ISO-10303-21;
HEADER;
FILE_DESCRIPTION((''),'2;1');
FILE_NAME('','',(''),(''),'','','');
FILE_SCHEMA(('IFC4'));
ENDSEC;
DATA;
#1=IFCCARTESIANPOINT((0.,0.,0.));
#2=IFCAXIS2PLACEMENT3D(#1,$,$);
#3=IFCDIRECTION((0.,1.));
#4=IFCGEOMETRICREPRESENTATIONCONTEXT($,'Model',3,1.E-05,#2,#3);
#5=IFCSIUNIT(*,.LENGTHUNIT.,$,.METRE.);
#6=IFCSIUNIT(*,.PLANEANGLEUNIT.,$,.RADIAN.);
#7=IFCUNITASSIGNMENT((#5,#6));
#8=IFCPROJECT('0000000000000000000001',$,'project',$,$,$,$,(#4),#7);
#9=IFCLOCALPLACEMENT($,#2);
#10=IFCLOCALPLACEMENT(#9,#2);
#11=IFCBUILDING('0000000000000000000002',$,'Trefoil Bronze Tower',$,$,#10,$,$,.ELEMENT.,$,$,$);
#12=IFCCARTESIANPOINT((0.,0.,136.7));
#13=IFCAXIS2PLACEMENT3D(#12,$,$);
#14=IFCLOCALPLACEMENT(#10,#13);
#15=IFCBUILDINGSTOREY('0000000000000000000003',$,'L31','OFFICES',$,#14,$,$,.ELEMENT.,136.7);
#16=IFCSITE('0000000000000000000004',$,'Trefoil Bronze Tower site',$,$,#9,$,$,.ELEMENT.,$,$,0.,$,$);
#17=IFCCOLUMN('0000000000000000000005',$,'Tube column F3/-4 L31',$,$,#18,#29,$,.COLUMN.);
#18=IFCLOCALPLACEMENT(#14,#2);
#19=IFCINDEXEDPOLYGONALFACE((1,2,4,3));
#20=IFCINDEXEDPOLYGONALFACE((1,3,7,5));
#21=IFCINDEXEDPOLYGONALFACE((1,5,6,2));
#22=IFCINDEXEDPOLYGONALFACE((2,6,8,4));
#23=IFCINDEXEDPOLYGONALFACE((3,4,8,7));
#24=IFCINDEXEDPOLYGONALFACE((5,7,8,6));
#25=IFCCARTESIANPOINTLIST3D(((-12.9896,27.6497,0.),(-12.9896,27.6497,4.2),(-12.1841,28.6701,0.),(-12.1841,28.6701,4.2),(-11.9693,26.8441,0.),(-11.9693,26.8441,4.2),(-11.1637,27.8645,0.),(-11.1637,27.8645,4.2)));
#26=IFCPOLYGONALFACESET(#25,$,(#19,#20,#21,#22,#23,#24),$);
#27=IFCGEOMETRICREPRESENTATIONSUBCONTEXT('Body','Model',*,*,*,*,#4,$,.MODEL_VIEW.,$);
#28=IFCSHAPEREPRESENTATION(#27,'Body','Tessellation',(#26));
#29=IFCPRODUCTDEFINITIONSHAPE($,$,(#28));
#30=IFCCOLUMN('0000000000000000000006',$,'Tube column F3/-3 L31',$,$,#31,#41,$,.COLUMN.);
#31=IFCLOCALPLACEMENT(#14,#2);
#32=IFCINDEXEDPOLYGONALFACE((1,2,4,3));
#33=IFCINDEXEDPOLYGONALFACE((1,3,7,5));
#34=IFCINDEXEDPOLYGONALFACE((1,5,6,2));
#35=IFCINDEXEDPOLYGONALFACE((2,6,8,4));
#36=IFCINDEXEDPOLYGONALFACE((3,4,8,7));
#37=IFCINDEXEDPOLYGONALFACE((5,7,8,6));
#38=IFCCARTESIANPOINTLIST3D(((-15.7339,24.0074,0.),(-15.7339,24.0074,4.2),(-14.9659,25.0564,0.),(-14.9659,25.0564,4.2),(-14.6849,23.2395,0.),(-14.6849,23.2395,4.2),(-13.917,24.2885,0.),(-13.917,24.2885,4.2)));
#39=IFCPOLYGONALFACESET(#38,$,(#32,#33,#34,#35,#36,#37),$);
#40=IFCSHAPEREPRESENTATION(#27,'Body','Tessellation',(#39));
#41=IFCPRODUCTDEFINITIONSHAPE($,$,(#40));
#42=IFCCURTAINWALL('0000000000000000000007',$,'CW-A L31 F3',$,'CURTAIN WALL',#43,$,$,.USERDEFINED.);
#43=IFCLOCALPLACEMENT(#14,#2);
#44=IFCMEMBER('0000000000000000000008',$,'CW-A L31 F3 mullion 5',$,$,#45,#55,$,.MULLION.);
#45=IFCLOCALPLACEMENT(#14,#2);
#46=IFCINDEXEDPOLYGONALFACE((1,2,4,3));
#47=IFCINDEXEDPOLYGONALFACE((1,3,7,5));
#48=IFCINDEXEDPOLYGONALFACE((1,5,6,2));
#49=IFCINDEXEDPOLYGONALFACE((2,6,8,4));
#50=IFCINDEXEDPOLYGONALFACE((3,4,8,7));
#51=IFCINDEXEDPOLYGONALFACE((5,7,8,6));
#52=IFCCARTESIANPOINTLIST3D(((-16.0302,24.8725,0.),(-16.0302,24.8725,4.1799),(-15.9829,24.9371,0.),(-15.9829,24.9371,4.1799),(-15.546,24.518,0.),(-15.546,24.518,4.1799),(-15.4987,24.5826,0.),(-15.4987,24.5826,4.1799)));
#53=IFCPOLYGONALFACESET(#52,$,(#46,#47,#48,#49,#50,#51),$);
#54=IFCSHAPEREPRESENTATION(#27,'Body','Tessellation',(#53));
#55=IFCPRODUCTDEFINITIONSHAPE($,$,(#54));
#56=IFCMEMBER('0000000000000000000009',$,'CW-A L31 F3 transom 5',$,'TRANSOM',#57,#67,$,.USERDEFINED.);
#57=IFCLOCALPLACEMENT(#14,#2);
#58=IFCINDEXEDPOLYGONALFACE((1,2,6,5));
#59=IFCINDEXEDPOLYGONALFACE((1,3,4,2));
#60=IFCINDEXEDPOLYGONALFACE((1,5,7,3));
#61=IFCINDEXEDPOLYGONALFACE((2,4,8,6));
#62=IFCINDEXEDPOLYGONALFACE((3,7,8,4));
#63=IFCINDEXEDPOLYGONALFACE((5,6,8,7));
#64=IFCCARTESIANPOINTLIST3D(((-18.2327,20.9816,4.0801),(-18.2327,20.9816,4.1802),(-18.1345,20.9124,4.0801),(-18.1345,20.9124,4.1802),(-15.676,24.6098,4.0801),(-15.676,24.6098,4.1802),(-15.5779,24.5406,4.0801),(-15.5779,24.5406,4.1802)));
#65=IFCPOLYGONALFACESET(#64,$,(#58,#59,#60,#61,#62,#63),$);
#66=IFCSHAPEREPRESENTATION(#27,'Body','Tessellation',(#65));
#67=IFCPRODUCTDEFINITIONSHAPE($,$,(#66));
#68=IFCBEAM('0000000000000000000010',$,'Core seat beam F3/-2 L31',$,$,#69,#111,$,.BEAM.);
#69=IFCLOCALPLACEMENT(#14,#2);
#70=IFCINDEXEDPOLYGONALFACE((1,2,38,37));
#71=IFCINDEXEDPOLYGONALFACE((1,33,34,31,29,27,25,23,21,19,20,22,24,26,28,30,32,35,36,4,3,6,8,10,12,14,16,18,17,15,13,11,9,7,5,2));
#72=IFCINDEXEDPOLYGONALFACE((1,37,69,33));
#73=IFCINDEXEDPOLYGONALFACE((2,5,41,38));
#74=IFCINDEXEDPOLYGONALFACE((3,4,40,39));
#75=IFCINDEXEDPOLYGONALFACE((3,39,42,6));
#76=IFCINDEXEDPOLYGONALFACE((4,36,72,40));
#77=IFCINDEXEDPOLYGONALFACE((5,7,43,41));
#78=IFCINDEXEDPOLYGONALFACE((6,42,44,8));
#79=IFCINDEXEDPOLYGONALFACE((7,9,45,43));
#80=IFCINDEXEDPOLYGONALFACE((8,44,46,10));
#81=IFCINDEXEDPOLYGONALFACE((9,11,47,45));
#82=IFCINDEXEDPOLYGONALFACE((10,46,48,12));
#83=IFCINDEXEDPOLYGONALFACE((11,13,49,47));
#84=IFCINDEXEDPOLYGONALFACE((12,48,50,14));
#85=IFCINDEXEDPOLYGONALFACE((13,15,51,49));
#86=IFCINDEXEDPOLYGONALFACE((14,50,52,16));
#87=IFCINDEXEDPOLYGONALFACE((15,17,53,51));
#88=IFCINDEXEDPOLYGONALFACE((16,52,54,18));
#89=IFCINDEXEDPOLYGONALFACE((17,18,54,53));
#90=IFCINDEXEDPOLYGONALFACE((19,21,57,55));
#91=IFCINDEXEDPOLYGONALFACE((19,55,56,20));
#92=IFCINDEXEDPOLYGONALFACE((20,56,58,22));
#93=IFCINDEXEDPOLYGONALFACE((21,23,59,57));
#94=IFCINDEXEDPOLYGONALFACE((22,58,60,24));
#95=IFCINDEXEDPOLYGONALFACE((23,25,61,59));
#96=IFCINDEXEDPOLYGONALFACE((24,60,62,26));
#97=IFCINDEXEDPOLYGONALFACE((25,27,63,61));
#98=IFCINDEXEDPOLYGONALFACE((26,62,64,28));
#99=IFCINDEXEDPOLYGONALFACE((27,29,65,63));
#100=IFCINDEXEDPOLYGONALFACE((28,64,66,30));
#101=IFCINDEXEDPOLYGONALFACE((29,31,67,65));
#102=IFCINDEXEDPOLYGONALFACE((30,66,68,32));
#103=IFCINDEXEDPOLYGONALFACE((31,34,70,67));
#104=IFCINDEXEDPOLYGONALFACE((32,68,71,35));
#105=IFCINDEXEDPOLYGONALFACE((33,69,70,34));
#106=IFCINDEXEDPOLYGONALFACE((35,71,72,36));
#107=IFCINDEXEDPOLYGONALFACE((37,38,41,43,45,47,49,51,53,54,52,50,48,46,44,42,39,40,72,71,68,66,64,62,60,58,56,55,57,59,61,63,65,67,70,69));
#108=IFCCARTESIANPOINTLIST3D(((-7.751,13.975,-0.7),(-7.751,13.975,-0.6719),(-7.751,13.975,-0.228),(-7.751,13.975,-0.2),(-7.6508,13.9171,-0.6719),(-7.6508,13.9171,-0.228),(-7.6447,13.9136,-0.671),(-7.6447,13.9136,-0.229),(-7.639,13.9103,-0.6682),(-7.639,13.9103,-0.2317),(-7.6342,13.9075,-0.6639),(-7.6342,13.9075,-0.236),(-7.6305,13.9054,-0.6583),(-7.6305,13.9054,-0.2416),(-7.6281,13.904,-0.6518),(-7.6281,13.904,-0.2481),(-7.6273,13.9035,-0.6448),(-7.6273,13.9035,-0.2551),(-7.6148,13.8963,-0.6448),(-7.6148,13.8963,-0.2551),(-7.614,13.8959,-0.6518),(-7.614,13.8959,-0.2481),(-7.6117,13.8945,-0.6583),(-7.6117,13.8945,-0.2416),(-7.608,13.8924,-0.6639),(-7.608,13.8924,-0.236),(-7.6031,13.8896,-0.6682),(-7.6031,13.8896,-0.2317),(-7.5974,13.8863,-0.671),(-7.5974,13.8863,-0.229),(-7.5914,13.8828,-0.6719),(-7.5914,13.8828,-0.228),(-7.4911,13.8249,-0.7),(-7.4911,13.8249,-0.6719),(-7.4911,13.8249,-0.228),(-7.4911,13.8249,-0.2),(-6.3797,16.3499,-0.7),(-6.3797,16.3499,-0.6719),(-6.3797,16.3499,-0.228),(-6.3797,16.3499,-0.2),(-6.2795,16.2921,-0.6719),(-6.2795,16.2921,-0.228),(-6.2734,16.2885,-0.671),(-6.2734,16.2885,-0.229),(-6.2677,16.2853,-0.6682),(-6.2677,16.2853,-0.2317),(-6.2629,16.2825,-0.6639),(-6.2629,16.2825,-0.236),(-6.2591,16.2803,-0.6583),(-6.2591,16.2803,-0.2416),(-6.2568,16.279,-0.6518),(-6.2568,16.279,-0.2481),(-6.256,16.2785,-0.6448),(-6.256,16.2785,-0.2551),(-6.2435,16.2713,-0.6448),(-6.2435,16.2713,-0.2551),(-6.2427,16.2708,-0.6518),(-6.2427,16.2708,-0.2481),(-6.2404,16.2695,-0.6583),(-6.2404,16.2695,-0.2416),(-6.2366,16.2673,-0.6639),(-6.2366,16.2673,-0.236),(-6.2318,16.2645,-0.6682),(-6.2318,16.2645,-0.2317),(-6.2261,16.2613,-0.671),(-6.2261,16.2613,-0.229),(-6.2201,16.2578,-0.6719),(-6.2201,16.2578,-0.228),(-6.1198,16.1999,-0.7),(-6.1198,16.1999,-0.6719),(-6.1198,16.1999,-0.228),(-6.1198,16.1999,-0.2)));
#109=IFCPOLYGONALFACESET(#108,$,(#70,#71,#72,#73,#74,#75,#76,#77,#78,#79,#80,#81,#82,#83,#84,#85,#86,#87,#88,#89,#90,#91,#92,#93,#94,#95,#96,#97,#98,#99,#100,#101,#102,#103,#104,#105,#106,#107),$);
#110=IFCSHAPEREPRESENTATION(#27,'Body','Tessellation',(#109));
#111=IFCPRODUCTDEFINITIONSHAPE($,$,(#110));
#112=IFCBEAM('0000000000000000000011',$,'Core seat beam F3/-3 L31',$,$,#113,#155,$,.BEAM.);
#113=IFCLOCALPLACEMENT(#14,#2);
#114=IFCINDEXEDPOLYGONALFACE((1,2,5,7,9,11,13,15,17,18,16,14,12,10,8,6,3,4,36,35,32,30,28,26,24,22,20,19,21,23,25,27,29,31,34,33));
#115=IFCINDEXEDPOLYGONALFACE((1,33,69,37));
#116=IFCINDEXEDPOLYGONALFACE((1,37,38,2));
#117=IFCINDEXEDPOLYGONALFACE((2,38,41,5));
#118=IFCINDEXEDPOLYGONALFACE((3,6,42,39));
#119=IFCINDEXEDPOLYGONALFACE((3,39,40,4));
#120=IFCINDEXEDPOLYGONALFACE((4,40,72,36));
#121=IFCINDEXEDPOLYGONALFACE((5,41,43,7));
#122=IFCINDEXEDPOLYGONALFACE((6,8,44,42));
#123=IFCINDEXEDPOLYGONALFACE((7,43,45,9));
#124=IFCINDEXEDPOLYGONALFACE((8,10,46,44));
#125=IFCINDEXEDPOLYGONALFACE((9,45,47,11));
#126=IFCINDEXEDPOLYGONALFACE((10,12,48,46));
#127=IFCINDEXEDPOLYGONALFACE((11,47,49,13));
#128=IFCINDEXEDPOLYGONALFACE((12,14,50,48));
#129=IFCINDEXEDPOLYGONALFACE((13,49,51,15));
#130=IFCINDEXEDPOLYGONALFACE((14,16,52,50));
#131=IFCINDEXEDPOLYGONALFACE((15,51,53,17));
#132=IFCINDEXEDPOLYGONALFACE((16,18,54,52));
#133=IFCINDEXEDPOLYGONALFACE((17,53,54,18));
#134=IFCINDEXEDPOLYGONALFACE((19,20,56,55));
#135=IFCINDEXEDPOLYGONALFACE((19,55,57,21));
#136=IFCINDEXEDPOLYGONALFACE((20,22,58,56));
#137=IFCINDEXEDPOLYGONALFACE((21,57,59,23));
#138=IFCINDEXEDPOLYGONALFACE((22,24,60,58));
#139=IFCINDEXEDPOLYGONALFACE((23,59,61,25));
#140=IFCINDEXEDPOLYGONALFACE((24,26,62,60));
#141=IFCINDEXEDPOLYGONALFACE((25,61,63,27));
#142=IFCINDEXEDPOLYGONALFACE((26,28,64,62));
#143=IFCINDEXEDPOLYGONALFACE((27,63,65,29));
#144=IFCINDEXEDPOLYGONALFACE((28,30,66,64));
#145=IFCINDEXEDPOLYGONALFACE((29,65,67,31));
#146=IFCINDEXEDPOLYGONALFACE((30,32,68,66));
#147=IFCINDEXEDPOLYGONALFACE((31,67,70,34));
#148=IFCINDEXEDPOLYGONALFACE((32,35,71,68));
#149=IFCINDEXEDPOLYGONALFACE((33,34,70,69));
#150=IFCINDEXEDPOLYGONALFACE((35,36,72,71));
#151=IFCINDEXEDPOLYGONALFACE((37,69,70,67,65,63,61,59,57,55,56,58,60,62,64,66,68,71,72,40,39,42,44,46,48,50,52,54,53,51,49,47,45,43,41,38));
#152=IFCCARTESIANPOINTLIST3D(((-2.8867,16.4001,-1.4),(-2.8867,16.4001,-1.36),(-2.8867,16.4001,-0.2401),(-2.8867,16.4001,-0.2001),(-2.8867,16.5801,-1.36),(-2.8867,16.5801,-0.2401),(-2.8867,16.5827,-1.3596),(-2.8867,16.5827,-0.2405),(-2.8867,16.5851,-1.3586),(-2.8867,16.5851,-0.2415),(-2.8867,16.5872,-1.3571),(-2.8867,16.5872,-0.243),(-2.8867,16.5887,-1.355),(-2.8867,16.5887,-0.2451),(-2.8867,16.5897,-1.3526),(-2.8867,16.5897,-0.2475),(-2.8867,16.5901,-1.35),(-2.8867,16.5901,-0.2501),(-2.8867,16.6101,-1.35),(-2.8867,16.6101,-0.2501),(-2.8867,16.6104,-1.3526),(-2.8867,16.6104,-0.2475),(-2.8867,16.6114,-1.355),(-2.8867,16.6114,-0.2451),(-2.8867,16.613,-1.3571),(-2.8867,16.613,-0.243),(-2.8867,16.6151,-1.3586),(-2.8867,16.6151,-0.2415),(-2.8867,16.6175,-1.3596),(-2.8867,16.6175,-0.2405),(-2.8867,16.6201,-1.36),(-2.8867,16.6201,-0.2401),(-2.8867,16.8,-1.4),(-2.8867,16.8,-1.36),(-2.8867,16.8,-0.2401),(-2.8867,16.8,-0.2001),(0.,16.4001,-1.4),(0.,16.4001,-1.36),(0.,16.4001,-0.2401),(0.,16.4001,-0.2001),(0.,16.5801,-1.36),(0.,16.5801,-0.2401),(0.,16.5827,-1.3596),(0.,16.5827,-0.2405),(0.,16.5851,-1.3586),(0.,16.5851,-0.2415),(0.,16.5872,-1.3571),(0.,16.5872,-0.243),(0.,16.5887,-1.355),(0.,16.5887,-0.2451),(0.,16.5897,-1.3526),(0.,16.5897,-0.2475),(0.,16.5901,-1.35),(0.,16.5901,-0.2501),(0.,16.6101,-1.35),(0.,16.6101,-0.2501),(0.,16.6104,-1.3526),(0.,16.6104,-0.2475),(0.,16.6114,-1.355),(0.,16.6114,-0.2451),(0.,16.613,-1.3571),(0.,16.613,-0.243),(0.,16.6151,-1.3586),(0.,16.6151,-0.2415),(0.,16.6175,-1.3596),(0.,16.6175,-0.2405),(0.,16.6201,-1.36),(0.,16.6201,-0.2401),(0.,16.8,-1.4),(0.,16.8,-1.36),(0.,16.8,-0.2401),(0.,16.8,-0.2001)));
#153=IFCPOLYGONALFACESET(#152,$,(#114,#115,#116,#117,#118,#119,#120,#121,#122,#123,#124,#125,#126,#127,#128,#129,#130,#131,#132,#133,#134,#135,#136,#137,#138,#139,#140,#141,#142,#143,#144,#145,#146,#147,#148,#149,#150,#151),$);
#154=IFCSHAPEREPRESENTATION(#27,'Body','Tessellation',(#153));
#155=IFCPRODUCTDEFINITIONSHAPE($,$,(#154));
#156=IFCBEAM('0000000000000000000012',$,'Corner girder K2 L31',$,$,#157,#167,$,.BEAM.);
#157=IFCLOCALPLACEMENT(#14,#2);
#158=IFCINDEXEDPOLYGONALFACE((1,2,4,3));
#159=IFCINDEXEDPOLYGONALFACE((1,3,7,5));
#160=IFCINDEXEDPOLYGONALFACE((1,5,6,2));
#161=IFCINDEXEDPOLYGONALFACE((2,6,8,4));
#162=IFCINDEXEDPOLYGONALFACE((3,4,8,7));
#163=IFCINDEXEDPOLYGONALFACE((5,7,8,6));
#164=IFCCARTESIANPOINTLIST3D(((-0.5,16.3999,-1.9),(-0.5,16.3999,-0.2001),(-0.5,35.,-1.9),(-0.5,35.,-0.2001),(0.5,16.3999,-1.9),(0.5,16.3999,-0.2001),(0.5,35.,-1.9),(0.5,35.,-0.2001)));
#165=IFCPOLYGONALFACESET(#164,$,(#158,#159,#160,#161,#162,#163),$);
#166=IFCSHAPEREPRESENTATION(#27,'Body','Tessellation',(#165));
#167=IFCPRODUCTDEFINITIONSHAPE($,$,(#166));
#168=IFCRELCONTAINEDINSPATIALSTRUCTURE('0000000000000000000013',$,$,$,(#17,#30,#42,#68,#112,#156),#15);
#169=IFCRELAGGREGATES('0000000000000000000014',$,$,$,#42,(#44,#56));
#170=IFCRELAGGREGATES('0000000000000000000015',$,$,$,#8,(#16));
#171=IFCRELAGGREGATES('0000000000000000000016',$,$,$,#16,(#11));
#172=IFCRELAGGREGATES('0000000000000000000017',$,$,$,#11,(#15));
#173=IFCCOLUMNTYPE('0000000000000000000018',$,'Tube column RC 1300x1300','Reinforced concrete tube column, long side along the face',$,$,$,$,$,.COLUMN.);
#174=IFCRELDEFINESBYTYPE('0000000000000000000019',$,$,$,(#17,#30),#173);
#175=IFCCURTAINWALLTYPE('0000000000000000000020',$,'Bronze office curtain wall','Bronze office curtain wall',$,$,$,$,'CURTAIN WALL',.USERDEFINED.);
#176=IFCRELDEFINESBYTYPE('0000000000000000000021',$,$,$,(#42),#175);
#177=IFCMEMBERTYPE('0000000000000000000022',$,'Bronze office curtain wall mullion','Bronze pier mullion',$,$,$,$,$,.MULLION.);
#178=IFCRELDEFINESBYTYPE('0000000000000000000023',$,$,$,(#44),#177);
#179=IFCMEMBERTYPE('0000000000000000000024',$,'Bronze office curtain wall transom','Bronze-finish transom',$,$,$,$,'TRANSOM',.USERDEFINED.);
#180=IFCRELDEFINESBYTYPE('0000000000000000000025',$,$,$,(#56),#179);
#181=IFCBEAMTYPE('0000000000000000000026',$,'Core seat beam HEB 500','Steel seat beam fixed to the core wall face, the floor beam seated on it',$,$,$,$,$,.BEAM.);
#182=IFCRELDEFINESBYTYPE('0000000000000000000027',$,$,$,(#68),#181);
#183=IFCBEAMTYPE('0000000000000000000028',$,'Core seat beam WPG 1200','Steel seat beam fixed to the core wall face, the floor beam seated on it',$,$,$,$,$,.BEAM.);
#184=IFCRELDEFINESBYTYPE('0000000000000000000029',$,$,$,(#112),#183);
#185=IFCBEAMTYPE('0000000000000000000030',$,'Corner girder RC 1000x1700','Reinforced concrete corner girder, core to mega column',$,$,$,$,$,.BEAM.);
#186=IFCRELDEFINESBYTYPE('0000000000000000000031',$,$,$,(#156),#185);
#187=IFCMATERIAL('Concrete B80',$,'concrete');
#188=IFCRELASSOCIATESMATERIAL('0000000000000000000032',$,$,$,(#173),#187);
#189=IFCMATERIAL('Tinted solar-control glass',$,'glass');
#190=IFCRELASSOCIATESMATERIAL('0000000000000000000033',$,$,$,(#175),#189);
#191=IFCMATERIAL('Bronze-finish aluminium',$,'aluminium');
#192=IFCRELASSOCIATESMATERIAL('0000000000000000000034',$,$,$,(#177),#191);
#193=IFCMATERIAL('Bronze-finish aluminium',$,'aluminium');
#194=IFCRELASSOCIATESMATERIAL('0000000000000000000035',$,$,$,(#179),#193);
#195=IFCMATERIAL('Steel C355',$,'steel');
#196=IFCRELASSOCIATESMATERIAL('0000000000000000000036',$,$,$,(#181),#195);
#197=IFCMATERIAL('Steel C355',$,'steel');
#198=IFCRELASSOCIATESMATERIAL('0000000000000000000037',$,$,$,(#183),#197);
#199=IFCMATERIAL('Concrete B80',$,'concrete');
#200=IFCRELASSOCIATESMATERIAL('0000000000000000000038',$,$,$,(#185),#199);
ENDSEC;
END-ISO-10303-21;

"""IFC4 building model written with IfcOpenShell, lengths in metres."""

from ifc_helpers import new_model, si_unit, direction, frame, origin, origin_2d, place, context, subcontext, project, spatial, rectangle, i_section, extrude, material, material_profile, profile_set, type_object, element, aggregate, save


model = new_model("IFC4")

# Units and contexts
model_context = context("Model", 3, precision=1e-05, world=origin(), true_north=direction((0.0, 1.0)))
body_context = subcontext(model_context, "Body", "Model", "MODEL_VIEW")
ifc_project = project(units=[si_unit("LENGTHUNIT", "METRE"), si_unit("PLANEANGLEUNIT", "RADIAN")], contexts=[model_context])

# Site, building, storey
site_placement = place(None, origin())
site = spatial("IfcSite", under=ifc_project, at=site_placement, Name="Trefoil Bronze Tower site", CompositionType="ELEMENT", RefElevation=0.0)
building_placement = place(site_placement, origin())
building = spatial("IfcBuilding", under=site, at=building_placement, Name="Trefoil Bronze Tower", CompositionType="ELEMENT")
storey_placement = place(building_placement, frame((0.0, 0.0, 136.7)))
storey = spatial("IfcBuildingStorey", under=building, at=storey_placement, Name="L31", Description="OFFICES", CompositionType="ELEMENT", Elevation=136.7)

# Columns
ifc_material_1 = material(Name="Concrete B80", Category="concrete")
ifc_material_profile_1 = material_profile(ifc_material_1, rectangle(XDim=1.3, YDim=1.3, at=origin_2d()), Name="RC 1300x1300")
ifc_profile_set_1 = profile_set([ifc_material_profile_1], Name="Concrete B80")
column_type = type_object("IfcColumnType", Name="Tube column RC 1300x1300", Description="Reinforced concrete tube column, long side along the face", PredefinedType="COLUMN", material=ifc_profile_set_1)
for number, where, z_axis, x_axis, name in (
    (1, (-12.0767, 27.7571, 0.0), (0.0, 0.0, 1.0), (-0.619649, -0.784879, 0.0), "Tube column F3/-4 L31"),
    (2, (-14.8254, 24.1479, 0.0), (0.0, 0.0, 1.0), (-0.590723, -0.806875, 0.0), "Tube column F3/-3 L31"),
):
    element("IfcColumn", number, at=place(storey_placement, frame(where, z_axis=z_axis, x_axis=x_axis)), inside=storey, type_object=column_type, Name=name, PredefinedType="COLUMN", context=body_context, shape_type="SweptSolid", body=[
        extrude(rectangle(XDim=1.3, YDim=1.3, at=origin_2d()), origin(), (0.0, 0.0, 1.0), 4.2),
    ])

# Curtain wall, members
ifc_material_2 = material(Name="Tinted solar-control glass", Category="glass")
curtain_wall_type = type_object("IfcCurtainWallType", Name="Bronze office curtain wall", Description="Bronze office curtain wall", ElementType="CURTAIN WALL", PredefinedType="USERDEFINED", material=ifc_material_2)
curtain_wall_placement = place(storey_placement, origin())
curtain_wall = element("IfcCurtainWall", 3, at=curtain_wall_placement, inside=storey, type_object=curtain_wall_type, Name="CW-A L31 F3", ObjectType="CURTAIN WALL", PredefinedType="USERDEFINED")
ifc_material_3 = material(Name="Bronze-finish aluminium", Category="aluminium")
ifc_material_profile_2 = material_profile(ifc_material_3, rectangle(XDim=0.6001, YDim=0.0801, at=origin_2d()), Name="CW-A mullion")
ifc_profile_set_2 = profile_set([ifc_material_profile_2], Name="Bronze-finish aluminium")
member_type_1 = type_object("IfcMemberType", Name="Bronze office curtain wall mullion", Description="Bronze pier mullion", PredefinedType="MULLION", material=ifc_profile_set_2)
member_1_placement = place(storey_placement, frame((-15.7644, 24.7275, 0.0), z_axis=(0.0, 0.0, 1.0), x_axis=(0.806875, -0.590723, 0.0)))
member_1 = element("IfcMember", 4, at=member_1_placement, type_object=member_type_1, Name="CW-A L31 F3 mullion 5", PredefinedType="MULLION", context=body_context, shape_type="SweptSolid", body=[
    extrude(rectangle(XDim=0.6001, YDim=0.0801, at=origin_2d()), origin(), (0.0, 0.0, 1.0), 4.1799),
])
ifc_material_4 = material(Name="Bronze-finish aluminium", Category="aluminium")
ifc_material_profile_3 = material_profile(ifc_material_4, rectangle(XDim=0.1201, YDim=0.1001, at=origin_2d()), Name="CW-A transom")
ifc_profile_set_3 = profile_set([ifc_material_profile_3], Name="Bronze-finish aluminium")
member_type_2 = type_object("IfcMemberType", Name="Bronze office curtain wall transom", Description="Bronze-finish transom", ElementType="TRANSOM", PredefinedType="USERDEFINED", material=ifc_profile_set_3)
member_2_placement = place(storey_placement, frame((-15.627, 24.5752, 4.1301), z_axis=(-0.576018, -0.817437, 0.0), x_axis=(0.817437, -0.576018, 0.0)))
member_2 = element("IfcMember", 5, at=member_2_placement, type_object=member_type_2, Name="CW-A L31 F3 transom 5", ObjectType="TRANSOM", PredefinedType="USERDEFINED", context=body_context, shape_type="SweptSolid", body=[
    extrude(rectangle(XDim=0.1201, YDim=0.1001, at=origin_2d()), origin(), (0.0, 0.0, 1.0), 4.4385),
])

# Beams
ifc_material_5 = material(Name="Steel C355", Category="steel")
ifc_material_profile_4 = material_profile(ifc_material_5, i_section(OverallWidth=0.3, OverallDepth=0.5, WebThickness=0.0144, FlangeThickness=0.0281, FilletRadius=0.0271, at=origin_2d()), Name="HEB 500")
ifc_profile_set_4 = profile_set([ifc_material_profile_4], Name="Steel C355")
beam_type_1 = type_object("IfcBeamType", Name="Core seat beam HEB 500", Description="Steel seat beam fixed to the core wall face, the floor beam seated on it", PredefinedType="BEAM", material=ifc_profile_set_4)
beam_1_placement = place(storey_placement, frame((-6.2498, 16.2749, -0.45), z_axis=(-0.500036, -0.866005, 0.0), x_axis=(0.866005, -0.500036, 0.0)))
element("IfcBeam", 6, at=beam_1_placement, inside=storey, type_object=beam_type_1, Name="Core seat beam F3/-2 L31", PredefinedType="BEAM", context=body_context, shape_type="SweptSolid", body=[
    extrude(i_section(OverallWidth=0.3, OverallDepth=0.5, WebThickness=0.0144, FlangeThickness=0.0281, FilletRadius=0.0271, at=origin_2d()), origin(), (0.0, 0.0, 1.0), 2.7424),
])
ifc_material_6 = material(Name="Steel C355", Category="steel")
ifc_material_profile_5 = material_profile(ifc_material_6, i_section(OverallWidth=0.3999, OverallDepth=1.2, WebThickness=0.02, FlangeThickness=0.04, FilletRadius=0.01, at=origin_2d()), Name="WPG 1200")
ifc_profile_set_5 = profile_set([ifc_material_profile_5], Name="Steel C355")
beam_type_2 = type_object("IfcBeamType", Name="Core seat beam WPG 1200", Description="Steel seat beam fixed to the core wall face, the floor beam seated on it", PredefinedType="BEAM", material=ifc_profile_set_5)
beam_2_placement = place(storey_placement, frame((0.0, 16.6001, -0.8), z_axis=(-1.0, 0.0, 0.0), x_axis=(0.0, -1.0, 0.0)))
element("IfcBeam", 7, at=beam_2_placement, inside=storey, type_object=beam_type_2, Name="Core seat beam F3/-3 L31", PredefinedType="BEAM", context=body_context, shape_type="SweptSolid", body=[
    extrude(i_section(OverallWidth=0.3999, OverallDepth=1.2, WebThickness=0.02, FlangeThickness=0.04, FilletRadius=0.01, at=origin_2d()), origin(), (0.0, 0.0, 1.0), 2.8867),
])
ifc_material_7 = material(Name="Concrete B80", Category="concrete")
ifc_material_profile_6 = material_profile(ifc_material_7, rectangle(XDim=1.0, YDim=1.7, at=origin_2d()), Name="RC 1000x1700")
ifc_profile_set_6 = profile_set([ifc_material_profile_6], Name="Concrete B80")
beam_type_3 = type_object("IfcBeamType", Name="Corner girder RC 1000x1700", Description="Reinforced concrete corner girder, core to mega column", PredefinedType="BEAM", material=ifc_profile_set_6)
beam_3_placement = place(storey_placement, frame((0.0, 16.3999, -1.05), z_axis=(0.0, 1.0, 0.0), x_axis=(-1.0, 0.0, 0.0)))
element("IfcBeam", 8, at=beam_3_placement, inside=storey, type_object=beam_type_3, Name="Corner girder K2 L31", PredefinedType="BEAM", context=body_context, shape_type="SweptSolid", body=[
    extrude(rectangle(XDim=1.0, YDim=1.7, at=origin_2d()), origin(), (0.0, 0.0, 1.0), 18.6001),
])

aggregate(curtain_wall, [member_1, member_2])

save(model, "model.ifc")
